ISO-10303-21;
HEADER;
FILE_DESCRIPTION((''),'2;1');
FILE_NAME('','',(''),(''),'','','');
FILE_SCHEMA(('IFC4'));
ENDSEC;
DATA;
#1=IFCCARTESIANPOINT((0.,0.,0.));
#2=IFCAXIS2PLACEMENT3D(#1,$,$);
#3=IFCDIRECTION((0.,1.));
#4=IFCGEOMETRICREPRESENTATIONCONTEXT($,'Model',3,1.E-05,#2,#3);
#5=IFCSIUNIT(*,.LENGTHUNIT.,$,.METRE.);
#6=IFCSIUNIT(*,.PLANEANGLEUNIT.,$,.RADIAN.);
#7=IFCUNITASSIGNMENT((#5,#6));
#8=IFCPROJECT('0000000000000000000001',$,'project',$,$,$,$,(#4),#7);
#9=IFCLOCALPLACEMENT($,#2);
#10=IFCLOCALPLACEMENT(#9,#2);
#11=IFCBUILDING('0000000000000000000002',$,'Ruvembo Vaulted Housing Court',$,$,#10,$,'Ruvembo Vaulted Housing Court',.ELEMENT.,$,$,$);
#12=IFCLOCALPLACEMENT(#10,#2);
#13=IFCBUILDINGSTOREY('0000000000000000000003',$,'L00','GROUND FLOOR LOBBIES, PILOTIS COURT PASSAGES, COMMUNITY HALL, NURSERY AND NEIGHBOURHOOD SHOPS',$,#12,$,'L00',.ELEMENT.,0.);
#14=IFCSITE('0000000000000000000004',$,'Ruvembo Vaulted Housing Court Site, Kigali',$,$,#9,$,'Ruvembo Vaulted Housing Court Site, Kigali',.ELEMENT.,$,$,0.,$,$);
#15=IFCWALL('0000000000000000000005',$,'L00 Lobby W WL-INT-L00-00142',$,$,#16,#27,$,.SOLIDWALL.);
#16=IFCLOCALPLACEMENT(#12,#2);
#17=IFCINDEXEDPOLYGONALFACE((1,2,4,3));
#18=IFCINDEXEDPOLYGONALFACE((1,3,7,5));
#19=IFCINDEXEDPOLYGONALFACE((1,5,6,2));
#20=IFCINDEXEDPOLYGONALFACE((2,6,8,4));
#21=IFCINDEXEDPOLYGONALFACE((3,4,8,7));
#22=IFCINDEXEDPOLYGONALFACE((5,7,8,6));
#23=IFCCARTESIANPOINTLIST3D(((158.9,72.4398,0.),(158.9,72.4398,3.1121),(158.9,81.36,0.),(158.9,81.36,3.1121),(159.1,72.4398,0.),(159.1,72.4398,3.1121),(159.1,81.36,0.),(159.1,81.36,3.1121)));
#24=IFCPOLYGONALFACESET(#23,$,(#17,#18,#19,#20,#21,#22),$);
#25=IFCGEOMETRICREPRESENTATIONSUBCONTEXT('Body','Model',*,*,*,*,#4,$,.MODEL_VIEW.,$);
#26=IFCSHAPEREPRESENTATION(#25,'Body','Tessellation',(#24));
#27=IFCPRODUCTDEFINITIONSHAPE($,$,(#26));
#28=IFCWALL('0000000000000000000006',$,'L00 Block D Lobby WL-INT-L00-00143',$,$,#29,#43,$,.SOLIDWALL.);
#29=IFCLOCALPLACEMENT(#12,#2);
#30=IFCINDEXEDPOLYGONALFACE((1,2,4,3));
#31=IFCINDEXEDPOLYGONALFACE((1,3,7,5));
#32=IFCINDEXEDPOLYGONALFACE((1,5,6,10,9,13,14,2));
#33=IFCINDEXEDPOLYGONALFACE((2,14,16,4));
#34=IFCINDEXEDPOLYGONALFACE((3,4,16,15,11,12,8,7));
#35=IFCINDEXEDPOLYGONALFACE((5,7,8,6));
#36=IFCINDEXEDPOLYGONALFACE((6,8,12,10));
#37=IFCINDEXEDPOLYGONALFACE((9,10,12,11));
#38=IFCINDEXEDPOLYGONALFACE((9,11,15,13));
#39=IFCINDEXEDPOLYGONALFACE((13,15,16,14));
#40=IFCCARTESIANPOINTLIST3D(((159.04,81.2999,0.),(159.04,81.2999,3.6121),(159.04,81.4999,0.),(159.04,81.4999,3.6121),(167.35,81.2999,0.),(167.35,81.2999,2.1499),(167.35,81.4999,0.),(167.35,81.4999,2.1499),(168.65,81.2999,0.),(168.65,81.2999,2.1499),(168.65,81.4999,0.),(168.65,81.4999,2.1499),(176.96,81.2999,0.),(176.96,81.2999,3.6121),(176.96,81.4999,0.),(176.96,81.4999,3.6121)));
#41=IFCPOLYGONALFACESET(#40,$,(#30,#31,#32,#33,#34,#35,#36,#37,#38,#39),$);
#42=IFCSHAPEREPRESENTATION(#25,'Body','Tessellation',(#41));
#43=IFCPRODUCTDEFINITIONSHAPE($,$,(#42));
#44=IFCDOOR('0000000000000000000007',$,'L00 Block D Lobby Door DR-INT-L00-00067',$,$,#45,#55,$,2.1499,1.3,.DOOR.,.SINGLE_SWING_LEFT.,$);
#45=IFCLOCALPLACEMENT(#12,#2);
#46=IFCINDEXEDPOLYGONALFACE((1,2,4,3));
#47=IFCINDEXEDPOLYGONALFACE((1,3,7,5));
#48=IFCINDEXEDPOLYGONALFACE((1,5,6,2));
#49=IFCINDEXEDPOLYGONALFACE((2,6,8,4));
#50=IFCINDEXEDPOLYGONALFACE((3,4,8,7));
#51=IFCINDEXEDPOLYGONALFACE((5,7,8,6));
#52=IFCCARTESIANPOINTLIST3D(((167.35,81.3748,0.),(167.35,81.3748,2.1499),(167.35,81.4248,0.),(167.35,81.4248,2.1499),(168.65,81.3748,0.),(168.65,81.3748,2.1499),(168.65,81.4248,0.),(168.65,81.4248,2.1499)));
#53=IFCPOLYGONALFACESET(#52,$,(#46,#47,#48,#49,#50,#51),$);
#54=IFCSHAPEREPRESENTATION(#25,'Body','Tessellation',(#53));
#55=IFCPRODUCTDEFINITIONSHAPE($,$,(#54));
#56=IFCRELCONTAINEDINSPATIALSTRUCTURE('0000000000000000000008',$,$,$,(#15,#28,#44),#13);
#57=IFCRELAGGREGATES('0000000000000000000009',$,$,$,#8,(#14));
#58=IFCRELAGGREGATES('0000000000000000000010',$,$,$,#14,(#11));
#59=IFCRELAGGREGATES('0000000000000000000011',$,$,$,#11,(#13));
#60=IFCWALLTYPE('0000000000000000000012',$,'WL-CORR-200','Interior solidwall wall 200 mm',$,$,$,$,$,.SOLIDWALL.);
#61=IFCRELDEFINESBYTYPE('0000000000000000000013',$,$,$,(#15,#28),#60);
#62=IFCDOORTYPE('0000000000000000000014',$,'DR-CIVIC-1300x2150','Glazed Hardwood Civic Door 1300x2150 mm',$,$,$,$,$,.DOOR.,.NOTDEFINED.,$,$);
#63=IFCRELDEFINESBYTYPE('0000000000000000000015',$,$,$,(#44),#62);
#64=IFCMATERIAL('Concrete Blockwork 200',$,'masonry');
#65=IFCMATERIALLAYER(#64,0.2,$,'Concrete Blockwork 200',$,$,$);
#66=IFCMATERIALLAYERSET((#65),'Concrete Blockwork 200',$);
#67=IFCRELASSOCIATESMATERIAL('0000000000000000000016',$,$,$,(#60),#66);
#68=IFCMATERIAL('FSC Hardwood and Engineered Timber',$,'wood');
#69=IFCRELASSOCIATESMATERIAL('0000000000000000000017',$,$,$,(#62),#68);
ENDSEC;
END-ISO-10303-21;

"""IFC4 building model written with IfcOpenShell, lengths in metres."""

from ifc_helpers import new_model, si_unit, direction, frame, frame_2d, origin, place, context, subcontext, project, spatial, rectangle, extrude, material, layer, layer_set, type_object, element, fill, save


model = new_model("IFC4")

# Units and contexts
model_context = context("Model", 3, precision=1e-05, world=origin(), true_north=direction((0.0, 1.0)))
body_context = subcontext(model_context, "Body", "Model", "MODEL_VIEW")
ifc_project = project(units=[si_unit("LENGTHUNIT", "METRE"), si_unit("PLANEANGLEUNIT", "RADIAN")], contexts=[model_context])

# Site, building, storey
site_placement = place(None, origin())
site = spatial("IfcSite", under=ifc_project, at=site_placement, Name="Ruvembo Vaulted Housing Court Site, Kigali", LongName="Ruvembo Vaulted Housing Court Site, Kigali", CompositionType="ELEMENT", RefElevation=0.0)
building_placement = place(site_placement, origin())
building = spatial("IfcBuilding", under=site, at=building_placement, Name="Ruvembo Vaulted Housing Court", LongName="Ruvembo Vaulted Housing Court", CompositionType="ELEMENT")
storey_placement = place(building_placement, origin())
storey = spatial("IfcBuildingStorey", under=building, at=storey_placement, Name="L00", Description="GROUND FLOOR LOBBIES, PILOTIS COURT PASSAGES, COMMUNITY HALL, NURSERY AND NEIGHBOURHOOD SHOPS", LongName="L00", CompositionType="ELEMENT", Elevation=0.0)

# Wall
ifc_material_1 = material(Name="Concrete Blockwork 200", Category="masonry")
ifc_layer_1 = layer(ifc_material_1, 0.2, Name="Concrete Blockwork 200")
ifc_layer_set_1 = layer_set([ifc_layer_1], Name="Concrete Blockwork 200")
wall_type = type_object("IfcWallType", Name="WL-CORR-200", Description="Interior solidwall wall 200 mm", PredefinedType="SOLIDWALL", material=ifc_layer_set_1)
wall_1_placement = place(storey_placement, frame((159.0, 72.4399, 0.0), z_axis=(0.0, 0.0, 1.0), x_axis=(0.0, 1.0, 0.0)))
element("IfcWall", 1, at=wall_1_placement, inside=storey, type_object=wall_type, Name="L00 Lobby W WL-INT-L00-00142", PredefinedType="SOLIDWALL", context=body_context, shape_type="SweptSolid", body=[
    extrude(rectangle(XDim=8.9202, YDim=0.2, at=frame_2d((4.46, 0.0))), origin(), (0.0, 0.0, 1.0), 3.1121),
])

# Wall, opening, door
wall_2_placement = place(storey_placement, frame((159.04, 81.3999, 0.0), z_axis=(0.0, 0.0, 1.0), x_axis=(1.0, 0.0, 0.0)))
wall_2 = element("IfcWall", 2, at=wall_2_placement, inside=storey, type_object=wall_type, Name="L00 Block D Lobby WL-INT-L00-00143", PredefinedType="SOLIDWALL", context=body_context, shape_type="SweptSolid", body=[
    extrude(rectangle(XDim=17.9199, YDim=0.2, at=frame_2d((8.96, 0.0))), origin(), (0.0, 0.0, 1.0), 3.6121),
])
opening_placement = place(wall_2_placement, frame((8.3101, 0.0, 0.0)))
opening = element("IfcOpeningElement", 3, at=opening_placement, cuts=wall_2, PredefinedType="OPENING", context=body_context, shape_type="SweptSolid", body=[
    extrude(rectangle(XDim=1.3, YDim=2.1499, at=frame_2d((0.6499, 1.075))), frame((0.0, 0.1099, 0.0), z_axis=(0.0, -1.0, 0.0), x_axis=(1.0, 0.0, 0.0)), (0.0, 0.0, 1.0), 0.22),
])
ifc_material_2 = material(Name="FSC Hardwood and Engineered Timber", Category="wood")
door_type = type_object("IfcDoorType", Name="DR-CIVIC-1300x2150", Description="Glazed Hardwood Civic Door 1300x2150 mm", OperationType="NOTDEFINED", PredefinedType="DOOR", material=ifc_material_2)
door_placement = place(opening_placement, origin())
door = element("IfcDoor", 4, at=door_placement, inside=storey, type_object=door_type, Name="L00 Block D Lobby Door DR-INT-L00-00067", OperationType="SINGLE_SWING_LEFT", OverallHeight=2.1499, OverallWidth=1.3, PredefinedType="DOOR", context=body_context, shape_type="SweptSolid", body=[
    extrude(rectangle(XDim=1.3, YDim=2.1499, at=frame_2d((0.6499, 1.075))), frame((0.0, 0.0249, 0.0), z_axis=(0.0, -1.0, 0.0), x_axis=(1.0, 0.0, 0.0)), (0.0, 0.0, 1.0), 0.05),
])
fill(opening, door)

save(model, "model.ifc")
